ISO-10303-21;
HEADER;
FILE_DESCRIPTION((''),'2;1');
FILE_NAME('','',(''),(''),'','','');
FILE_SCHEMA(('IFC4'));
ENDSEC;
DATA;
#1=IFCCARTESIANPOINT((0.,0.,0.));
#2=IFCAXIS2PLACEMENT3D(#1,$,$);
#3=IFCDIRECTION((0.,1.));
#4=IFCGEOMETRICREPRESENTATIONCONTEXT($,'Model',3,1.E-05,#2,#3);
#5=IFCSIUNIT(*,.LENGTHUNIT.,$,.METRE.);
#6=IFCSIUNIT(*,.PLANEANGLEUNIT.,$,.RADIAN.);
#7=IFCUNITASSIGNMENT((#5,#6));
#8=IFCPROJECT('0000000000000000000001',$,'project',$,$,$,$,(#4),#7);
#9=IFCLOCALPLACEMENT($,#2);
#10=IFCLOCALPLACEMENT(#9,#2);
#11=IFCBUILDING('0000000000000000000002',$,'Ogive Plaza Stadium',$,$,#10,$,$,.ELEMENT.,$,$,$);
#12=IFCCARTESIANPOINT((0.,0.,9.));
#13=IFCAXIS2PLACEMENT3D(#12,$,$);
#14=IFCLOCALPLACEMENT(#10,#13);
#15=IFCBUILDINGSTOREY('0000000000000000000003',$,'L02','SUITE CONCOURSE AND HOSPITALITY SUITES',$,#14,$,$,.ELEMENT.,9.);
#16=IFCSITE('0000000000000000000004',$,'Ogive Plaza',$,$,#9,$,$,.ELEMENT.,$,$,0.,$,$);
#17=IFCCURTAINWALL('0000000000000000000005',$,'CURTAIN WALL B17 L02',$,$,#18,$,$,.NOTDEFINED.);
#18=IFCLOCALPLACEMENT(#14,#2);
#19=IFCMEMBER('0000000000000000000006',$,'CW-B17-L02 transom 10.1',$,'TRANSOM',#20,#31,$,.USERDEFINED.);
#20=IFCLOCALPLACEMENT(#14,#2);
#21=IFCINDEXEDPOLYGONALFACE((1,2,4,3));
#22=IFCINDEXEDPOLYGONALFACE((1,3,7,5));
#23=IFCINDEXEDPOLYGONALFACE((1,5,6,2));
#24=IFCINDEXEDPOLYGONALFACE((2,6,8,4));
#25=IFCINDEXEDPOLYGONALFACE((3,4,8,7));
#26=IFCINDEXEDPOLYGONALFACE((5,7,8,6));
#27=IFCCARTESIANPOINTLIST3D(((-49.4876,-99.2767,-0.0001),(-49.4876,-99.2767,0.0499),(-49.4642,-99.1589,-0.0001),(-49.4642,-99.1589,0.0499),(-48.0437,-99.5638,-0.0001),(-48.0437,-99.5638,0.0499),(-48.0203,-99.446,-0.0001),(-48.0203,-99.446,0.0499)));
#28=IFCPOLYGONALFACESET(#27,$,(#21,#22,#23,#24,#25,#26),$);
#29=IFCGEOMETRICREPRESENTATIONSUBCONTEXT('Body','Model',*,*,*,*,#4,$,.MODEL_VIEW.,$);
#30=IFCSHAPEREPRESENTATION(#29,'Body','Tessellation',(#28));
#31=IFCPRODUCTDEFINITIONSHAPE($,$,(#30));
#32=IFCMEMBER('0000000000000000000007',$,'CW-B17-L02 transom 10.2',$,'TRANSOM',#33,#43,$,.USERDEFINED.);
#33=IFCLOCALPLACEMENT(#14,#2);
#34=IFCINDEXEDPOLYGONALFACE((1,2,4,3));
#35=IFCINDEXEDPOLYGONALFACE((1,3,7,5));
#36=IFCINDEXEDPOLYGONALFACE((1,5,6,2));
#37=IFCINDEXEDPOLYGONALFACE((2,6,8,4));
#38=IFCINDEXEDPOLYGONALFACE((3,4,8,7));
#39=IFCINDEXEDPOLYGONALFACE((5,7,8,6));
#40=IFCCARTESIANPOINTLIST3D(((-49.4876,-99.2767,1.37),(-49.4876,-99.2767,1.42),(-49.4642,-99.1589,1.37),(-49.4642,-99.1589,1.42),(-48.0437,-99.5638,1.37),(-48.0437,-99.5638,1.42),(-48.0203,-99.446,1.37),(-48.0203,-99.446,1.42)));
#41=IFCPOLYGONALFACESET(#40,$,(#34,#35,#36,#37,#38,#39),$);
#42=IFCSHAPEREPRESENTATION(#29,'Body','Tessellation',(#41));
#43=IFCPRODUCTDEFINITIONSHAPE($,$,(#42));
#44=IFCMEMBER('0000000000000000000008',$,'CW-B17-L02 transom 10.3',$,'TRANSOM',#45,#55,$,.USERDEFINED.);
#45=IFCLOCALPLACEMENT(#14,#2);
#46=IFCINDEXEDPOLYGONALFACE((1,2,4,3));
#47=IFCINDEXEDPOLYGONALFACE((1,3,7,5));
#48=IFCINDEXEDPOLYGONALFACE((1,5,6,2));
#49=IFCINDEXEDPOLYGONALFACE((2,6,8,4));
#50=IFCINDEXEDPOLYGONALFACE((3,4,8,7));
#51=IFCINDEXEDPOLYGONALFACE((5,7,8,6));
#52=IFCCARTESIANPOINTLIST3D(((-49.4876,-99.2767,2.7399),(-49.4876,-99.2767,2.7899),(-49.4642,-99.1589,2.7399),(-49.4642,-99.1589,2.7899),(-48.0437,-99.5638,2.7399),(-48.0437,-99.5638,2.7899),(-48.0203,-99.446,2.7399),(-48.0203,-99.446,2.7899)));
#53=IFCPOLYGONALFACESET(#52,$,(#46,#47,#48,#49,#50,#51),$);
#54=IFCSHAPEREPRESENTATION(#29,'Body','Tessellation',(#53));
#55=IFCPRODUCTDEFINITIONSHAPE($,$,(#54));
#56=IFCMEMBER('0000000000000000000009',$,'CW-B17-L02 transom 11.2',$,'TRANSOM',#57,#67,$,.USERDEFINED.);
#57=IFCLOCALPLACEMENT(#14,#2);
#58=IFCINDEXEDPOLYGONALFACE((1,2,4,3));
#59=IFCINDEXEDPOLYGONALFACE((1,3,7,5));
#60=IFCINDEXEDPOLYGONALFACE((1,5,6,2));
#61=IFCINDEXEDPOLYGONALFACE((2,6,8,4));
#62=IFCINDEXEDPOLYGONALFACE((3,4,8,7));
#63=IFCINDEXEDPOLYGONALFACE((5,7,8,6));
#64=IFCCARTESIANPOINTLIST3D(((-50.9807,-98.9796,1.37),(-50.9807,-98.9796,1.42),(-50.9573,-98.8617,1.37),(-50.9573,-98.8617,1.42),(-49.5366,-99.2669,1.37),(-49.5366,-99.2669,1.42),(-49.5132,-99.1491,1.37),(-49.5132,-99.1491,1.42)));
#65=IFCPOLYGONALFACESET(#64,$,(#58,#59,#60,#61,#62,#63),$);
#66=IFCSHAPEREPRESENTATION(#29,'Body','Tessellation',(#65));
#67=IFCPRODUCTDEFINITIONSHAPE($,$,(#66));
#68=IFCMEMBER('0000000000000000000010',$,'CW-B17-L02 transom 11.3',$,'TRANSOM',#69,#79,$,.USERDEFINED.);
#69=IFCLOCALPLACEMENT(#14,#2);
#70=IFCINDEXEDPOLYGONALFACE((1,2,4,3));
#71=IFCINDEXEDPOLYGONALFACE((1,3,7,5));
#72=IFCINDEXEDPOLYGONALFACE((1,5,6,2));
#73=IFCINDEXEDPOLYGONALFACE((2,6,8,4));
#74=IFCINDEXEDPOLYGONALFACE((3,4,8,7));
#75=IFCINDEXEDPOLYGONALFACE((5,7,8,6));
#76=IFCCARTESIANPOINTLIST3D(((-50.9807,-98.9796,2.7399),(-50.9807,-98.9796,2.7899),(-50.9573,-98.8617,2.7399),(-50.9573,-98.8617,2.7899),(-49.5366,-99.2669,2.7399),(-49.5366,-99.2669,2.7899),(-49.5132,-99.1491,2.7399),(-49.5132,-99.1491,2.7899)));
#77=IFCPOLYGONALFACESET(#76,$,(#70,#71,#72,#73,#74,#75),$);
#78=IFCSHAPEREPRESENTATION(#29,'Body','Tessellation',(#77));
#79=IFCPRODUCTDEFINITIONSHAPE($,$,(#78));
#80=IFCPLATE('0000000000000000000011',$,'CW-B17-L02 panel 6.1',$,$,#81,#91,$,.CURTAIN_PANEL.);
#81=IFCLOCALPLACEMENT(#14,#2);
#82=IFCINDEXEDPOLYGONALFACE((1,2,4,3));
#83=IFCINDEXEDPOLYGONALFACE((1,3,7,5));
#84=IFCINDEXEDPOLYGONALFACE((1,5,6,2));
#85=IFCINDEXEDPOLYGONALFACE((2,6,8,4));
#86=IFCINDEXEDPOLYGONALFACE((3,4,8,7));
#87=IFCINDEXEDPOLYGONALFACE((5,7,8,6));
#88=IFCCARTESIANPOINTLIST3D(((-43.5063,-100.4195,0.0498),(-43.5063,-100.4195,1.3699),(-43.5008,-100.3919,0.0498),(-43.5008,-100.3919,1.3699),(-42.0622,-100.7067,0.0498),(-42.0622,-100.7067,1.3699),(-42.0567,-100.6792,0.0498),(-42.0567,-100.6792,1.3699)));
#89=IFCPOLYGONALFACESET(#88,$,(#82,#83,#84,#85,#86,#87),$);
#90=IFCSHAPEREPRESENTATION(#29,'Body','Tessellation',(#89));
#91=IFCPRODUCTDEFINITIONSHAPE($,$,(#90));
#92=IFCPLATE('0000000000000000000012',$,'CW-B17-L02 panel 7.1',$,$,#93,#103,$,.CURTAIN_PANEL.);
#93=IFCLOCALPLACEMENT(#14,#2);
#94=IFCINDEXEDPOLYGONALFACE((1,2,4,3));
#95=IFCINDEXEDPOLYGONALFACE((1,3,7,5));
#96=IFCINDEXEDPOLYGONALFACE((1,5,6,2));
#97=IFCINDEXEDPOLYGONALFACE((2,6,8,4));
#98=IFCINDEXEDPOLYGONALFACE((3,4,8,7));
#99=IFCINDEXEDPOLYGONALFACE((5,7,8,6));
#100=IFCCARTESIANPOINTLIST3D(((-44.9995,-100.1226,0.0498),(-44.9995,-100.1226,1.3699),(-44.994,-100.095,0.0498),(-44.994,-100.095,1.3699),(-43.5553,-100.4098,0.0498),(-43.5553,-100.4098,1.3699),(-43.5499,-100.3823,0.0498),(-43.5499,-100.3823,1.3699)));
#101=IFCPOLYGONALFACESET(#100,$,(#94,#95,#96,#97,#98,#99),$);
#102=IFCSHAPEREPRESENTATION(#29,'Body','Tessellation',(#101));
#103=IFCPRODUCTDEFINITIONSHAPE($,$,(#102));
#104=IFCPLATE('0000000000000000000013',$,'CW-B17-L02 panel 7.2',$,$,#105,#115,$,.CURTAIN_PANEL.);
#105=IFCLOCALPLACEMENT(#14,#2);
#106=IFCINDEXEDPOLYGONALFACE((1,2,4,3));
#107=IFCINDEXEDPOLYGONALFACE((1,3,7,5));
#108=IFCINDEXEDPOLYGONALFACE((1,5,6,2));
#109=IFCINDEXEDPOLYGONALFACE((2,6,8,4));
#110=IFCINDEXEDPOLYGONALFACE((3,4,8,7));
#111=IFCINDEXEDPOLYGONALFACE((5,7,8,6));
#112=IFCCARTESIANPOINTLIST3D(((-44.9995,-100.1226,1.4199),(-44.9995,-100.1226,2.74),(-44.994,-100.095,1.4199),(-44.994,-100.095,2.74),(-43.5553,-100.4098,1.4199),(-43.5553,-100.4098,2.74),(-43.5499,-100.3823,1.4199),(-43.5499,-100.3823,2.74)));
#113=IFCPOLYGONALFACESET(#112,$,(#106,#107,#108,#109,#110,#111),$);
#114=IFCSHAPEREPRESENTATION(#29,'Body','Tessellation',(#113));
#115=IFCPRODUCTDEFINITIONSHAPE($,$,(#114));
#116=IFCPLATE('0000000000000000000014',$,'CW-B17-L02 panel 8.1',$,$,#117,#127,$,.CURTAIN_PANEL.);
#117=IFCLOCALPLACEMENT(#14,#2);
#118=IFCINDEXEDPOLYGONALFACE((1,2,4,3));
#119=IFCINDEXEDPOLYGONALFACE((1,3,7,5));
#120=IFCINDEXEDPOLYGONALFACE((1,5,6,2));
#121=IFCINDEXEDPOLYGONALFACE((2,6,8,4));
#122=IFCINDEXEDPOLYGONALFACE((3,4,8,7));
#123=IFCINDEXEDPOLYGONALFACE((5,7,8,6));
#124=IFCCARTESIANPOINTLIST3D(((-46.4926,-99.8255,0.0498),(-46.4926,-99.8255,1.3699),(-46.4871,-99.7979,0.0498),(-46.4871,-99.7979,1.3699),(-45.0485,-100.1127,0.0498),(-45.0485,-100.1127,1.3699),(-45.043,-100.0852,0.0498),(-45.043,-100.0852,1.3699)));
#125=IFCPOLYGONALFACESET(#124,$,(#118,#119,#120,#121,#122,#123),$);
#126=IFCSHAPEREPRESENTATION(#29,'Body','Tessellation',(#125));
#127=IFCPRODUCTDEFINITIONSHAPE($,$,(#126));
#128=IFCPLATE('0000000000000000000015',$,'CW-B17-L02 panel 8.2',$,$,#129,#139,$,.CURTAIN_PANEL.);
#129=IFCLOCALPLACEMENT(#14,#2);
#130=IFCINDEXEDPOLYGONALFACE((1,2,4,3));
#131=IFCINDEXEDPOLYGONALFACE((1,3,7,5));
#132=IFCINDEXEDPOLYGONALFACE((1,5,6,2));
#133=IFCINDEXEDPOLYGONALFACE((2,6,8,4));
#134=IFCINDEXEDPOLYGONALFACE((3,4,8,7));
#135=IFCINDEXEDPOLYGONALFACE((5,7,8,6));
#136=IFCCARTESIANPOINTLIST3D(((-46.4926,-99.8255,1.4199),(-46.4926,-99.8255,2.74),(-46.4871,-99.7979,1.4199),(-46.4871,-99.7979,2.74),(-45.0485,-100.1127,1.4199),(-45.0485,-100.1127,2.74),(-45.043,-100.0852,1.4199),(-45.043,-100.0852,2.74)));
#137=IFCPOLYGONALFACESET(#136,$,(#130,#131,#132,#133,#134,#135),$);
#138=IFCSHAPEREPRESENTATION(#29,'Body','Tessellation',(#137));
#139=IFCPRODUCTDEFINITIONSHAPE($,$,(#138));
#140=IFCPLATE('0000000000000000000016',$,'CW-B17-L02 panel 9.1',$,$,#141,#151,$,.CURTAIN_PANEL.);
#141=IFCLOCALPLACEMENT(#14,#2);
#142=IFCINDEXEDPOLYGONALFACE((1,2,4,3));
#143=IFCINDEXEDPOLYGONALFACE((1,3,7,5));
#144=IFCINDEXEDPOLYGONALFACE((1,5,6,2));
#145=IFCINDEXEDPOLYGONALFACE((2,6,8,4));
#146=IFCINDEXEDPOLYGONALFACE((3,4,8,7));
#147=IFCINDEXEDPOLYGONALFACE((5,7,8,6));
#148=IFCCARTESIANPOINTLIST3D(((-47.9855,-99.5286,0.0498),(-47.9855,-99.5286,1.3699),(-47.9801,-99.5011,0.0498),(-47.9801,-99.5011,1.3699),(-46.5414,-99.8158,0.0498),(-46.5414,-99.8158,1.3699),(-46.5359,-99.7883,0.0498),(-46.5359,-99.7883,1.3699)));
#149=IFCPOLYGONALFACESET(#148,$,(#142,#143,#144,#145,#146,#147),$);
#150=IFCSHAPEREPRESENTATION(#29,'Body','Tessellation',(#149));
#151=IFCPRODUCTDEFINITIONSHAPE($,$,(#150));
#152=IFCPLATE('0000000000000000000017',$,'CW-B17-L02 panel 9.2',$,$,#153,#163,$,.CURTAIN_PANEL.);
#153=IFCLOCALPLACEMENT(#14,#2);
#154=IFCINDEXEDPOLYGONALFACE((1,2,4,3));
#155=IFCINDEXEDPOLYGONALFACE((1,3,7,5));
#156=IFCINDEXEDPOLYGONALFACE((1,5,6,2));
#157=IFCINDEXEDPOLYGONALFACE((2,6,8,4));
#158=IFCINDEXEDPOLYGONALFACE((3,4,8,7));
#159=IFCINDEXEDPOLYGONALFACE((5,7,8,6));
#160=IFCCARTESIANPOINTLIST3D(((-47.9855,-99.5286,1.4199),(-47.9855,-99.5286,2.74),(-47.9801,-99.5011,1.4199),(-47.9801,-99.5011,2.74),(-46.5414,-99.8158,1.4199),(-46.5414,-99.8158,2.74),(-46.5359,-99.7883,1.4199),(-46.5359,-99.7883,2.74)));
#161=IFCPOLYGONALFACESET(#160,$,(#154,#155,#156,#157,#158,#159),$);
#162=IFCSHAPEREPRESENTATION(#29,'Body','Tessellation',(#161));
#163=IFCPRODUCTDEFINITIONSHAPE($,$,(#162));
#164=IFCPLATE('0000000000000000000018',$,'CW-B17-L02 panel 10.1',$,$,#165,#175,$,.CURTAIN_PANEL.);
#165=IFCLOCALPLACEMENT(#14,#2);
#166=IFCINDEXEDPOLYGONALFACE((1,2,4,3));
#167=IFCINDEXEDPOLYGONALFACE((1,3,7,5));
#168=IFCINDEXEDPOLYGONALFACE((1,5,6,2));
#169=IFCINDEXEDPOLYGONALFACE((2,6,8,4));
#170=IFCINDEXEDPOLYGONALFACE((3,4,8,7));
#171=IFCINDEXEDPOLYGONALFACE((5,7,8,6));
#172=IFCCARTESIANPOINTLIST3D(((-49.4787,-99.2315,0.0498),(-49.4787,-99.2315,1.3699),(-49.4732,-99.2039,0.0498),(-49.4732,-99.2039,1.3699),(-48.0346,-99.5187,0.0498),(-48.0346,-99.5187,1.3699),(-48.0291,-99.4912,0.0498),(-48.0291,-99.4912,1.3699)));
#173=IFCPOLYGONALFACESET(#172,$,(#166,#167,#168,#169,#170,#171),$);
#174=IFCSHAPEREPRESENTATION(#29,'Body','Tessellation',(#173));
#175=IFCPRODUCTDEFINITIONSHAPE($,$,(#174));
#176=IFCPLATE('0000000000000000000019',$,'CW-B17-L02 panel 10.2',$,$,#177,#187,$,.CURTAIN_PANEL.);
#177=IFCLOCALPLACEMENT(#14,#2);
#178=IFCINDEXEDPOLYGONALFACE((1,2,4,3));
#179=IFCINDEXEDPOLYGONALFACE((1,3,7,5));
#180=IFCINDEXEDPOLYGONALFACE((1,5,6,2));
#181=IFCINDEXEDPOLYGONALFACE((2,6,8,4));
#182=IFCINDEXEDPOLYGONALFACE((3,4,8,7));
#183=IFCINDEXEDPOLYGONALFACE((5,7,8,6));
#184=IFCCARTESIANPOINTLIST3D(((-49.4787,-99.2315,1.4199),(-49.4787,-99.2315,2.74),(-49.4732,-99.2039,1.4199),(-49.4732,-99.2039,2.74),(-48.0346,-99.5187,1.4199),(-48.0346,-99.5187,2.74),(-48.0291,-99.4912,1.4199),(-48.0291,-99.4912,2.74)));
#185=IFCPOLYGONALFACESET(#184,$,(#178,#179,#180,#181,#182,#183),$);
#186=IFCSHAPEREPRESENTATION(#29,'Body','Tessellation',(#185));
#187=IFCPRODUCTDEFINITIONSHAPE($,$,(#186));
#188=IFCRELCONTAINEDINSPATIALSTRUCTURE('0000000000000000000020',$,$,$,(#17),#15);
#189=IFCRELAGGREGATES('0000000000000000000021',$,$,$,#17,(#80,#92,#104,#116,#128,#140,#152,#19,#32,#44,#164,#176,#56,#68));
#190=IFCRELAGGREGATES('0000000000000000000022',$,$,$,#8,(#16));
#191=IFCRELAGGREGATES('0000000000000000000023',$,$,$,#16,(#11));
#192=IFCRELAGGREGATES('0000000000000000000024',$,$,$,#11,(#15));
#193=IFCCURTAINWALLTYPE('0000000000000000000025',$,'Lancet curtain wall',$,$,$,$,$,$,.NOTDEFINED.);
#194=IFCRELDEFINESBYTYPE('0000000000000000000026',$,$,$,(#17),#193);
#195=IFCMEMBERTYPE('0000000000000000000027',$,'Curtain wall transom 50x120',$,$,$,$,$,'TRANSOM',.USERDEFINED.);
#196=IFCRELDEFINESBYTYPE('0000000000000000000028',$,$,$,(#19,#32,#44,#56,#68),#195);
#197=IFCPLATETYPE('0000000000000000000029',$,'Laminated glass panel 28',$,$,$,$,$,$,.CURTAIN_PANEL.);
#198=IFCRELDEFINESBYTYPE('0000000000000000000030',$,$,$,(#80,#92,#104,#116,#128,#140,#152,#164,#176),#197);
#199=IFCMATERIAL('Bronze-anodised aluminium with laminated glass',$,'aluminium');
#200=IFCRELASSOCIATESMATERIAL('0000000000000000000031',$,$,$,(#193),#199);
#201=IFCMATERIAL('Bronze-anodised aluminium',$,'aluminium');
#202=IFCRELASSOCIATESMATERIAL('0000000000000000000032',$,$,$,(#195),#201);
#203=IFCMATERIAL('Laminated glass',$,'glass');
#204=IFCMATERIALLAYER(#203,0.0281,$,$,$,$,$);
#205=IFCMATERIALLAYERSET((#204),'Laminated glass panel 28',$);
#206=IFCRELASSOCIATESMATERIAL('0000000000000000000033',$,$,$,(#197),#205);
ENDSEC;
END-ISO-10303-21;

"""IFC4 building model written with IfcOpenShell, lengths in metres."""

from ifc_helpers import new_model, si_unit, direction, frame, origin, origin_2d, place, context, subcontext, project, spatial, rectangle, extrude, material, layer, layer_set, material_profile, profile_set, type_object, element, aggregate, save


model = new_model("IFC4")

# Units and contexts
model_context = context("Model", 3, precision=1e-05, world=origin(), true_north=direction((0.0, 1.0)))
body_context = subcontext(model_context, "Body", "Model", "MODEL_VIEW")
ifc_project = project(units=[si_unit("LENGTHUNIT", "METRE"), si_unit("PLANEANGLEUNIT", "RADIAN")], contexts=[model_context])

# Site, building, storey
site_placement = place(None, origin())
site = spatial("IfcSite", under=ifc_project, at=site_placement, Name="Ogive Plaza", CompositionType="ELEMENT", RefElevation=0.0)
building_placement = place(site_placement, origin())
building = spatial("IfcBuilding", under=site, at=building_placement, Name="Ogive Plaza Stadium", CompositionType="ELEMENT")
storey_placement = place(building_placement, frame((0.0, 0.0, 9.0)))
storey = spatial("IfcBuildingStorey", under=building, at=storey_placement, Name="L02", Description="SUITE CONCOURSE AND HOSPITALITY SUITES", CompositionType="ELEMENT", Elevation=9.0)

# Curtain wall, members, plates
ifc_material_1 = material(Name="Bronze-anodised aluminium with laminated glass", Category="aluminium")
curtain_wall_type = type_object("IfcCurtainWallType", Name="Lancet curtain wall", PredefinedType="NOTDEFINED", material=ifc_material_1)
curtain_wall_placement = place(storey_placement, origin())
curtain_wall = element("IfcCurtainWall", 1, at=curtain_wall_placement, inside=storey, type_object=curtain_wall_type, Name="CURTAIN WALL B17 L02", PredefinedType="NOTDEFINED")
ifc_material_2 = material(Name="Bronze-anodised aluminium", Category="aluminium")
ifc_material_profile_1 = material_profile(ifc_material_2, rectangle(XDim=0.1201, YDim=0.05, at=origin_2d()), Name="AL 120x50")
ifc_profile_set_1 = profile_set([ifc_material_profile_1], Name="Bronze-anodised aluminium")
member_type_1 = type_object("IfcMemberType", Name="Curtain wall transom 50x120", ElementType="TRANSOM", PredefinedType="USERDEFINED", material=ifc_profile_set_1)
member_1_placement = place(storey_placement, frame((-48.032, -99.5049, 0.0249), z_axis=(-0.980797, 0.195032, 0.0), x_axis=(-0.195032, -0.980797, 0.0)))
member_1 = element("IfcMember", 2, at=member_1_placement, type_object=member_type_1, Name="CW-B17-L02 transom 10.1", ObjectType="TRANSOM", PredefinedType="USERDEFINED", context=body_context, shape_type="SweptSolid", body=[
    extrude(rectangle(XDim=0.1201, YDim=0.05, at=origin_2d()), origin(), (0.0, 0.0, 1.0), 1.4722),
])
member_2_placement = place(storey_placement, frame((-48.032, -99.5049, 1.395), z_axis=(-0.980797, 0.195032, 0.0), x_axis=(-0.195032, -0.980797, 0.0)))
member_2 = element("IfcMember", 3, at=member_2_placement, type_object=member_type_1, Name="CW-B17-L02 transom 10.2", ObjectType="TRANSOM", PredefinedType="USERDEFINED", context=body_context, shape_type="SweptSolid", body=[
    extrude(rectangle(XDim=0.1201, YDim=0.05, at=origin_2d()), origin(), (0.0, 0.0, 1.0), 1.4722),
])
member_3_placement = place(storey_placement, frame((-48.032, -99.5049, 2.7649), z_axis=(-0.980797, 0.195032, 0.0), x_axis=(-0.195032, -0.980797, 0.0)))
member_3 = element("IfcMember", 4, at=member_3_placement, type_object=member_type_1, Name="CW-B17-L02 transom 10.3", ObjectType="TRANSOM", PredefinedType="USERDEFINED", context=body_context, shape_type="SweptSolid", body=[
    extrude(rectangle(XDim=0.1201, YDim=0.05, at=origin_2d()), origin(), (0.0, 0.0, 1.0), 1.4722),
])
member_4_placement = place(storey_placement, frame((-49.5249, -99.208, 1.395), z_axis=(-0.980772, 0.195159, 0.0), x_axis=(-0.195159, -0.980772, 0.0)))
member_4 = element("IfcMember", 5, at=member_4_placement, type_object=member_type_1, Name="CW-B17-L02 transom 11.2", ObjectType="TRANSOM", PredefinedType="USERDEFINED", context=body_context, shape_type="SweptSolid", body=[
    extrude(rectangle(XDim=0.1201, YDim=0.05, at=origin_2d()), origin(), (0.0, 0.0, 1.0), 1.4724),
])
member_5_placement = place(storey_placement, frame((-49.5249, -99.208, 2.7649), z_axis=(-0.980772, 0.195159, 0.0), x_axis=(-0.195159, -0.980772, 0.0)))
member_5 = element("IfcMember", 6, at=member_5_placement, type_object=member_type_1, Name="CW-B17-L02 transom 11.3", ObjectType="TRANSOM", PredefinedType="USERDEFINED", context=body_context, shape_type="SweptSolid", body=[
    extrude(rectangle(XDim=0.1201, YDim=0.05, at=origin_2d()), origin(), (0.0, 0.0, 1.0), 1.4724),
])
ifc_material_3 = material(Name="Laminated glass", Category="glass")
ifc_layer_1 = layer(ifc_material_3, 0.0281)
ifc_layer_set_1 = layer_set([ifc_layer_1], Name="Laminated glass panel 28")
plate_type = type_object("IfcPlateType", Name="Laminated glass panel 28", PredefinedType="CURTAIN_PANEL", material=ifc_layer_set_1)
plate_1_placement = place(storey_placement, frame((-42.7815, -100.5493, 0.0498), z_axis=(0.0, 0.0, 1.0), x_axis=(-0.980785, 0.19509, 0.0)))
plate_1 = element("IfcPlate", 7, at=plate_1_placement, type_object=plate_type, Name="CW-B17-L02 panel 6.1", PredefinedType="CURTAIN_PANEL", context=body_context, shape_type="SweptSolid", body=[
    extrude(rectangle(XDim=1.4724, YDim=0.0281, at=origin_2d()), origin(), (0.0, 0.0, 1.0), 1.3201),
])
plate_2_placement = place(storey_placement, frame((-44.2747, -100.2524, 0.0498), z_axis=(0.0, 0.0, 1.0), x_axis=(-0.980785, 0.19509, 0.0)))
plate_2 = element("IfcPlate", 8, at=plate_2_placement, type_object=plate_type, Name="CW-B17-L02 panel 7.1", PredefinedType="CURTAIN_PANEL", context=body_context, shape_type="SweptSolid", body=[
    extrude(rectangle(XDim=1.4724, YDim=0.0281, at=origin_2d()), origin(), (0.0, 0.0, 1.0), 1.3201),
])
plate_3_placement = place(storey_placement, frame((-44.2747, -100.2524, 1.4199), z_axis=(0.0, 0.0, 1.0), x_axis=(-0.980785, 0.19509, 0.0)))
plate_3 = element("IfcPlate", 9, at=plate_3_placement, type_object=plate_type, Name="CW-B17-L02 panel 7.2", PredefinedType="CURTAIN_PANEL", context=body_context, shape_type="SweptSolid", body=[
    extrude(rectangle(XDim=1.4724, YDim=0.0281, at=origin_2d()), origin(), (0.0, 0.0, 1.0), 1.3201),
])
plate_4_placement = place(storey_placement, frame((-45.7678, -99.9553, 0.0498), z_axis=(0.0, 0.0, 1.0), x_axis=(-0.980785, 0.19509, 0.0)))
plate_4 = element("IfcPlate", 10, at=plate_4_placement, type_object=plate_type, Name="CW-B17-L02 panel 8.1", PredefinedType="CURTAIN_PANEL", context=body_context, shape_type="SweptSolid", body=[
    extrude(rectangle(XDim=1.4724, YDim=0.0281, at=origin_2d()), origin(), (0.0, 0.0, 1.0), 1.3201),
])
plate_5_placement = place(storey_placement, frame((-45.7678, -99.9553, 1.4199), z_axis=(0.0, 0.0, 1.0), x_axis=(-0.980785, 0.19509, 0.0)))
plate_5 = element("IfcPlate", 11, at=plate_5_placement, type_object=plate_type, Name="CW-B17-L02 panel 8.2", PredefinedType="CURTAIN_PANEL", context=body_context, shape_type="SweptSolid", body=[
    extrude(rectangle(XDim=1.4724, YDim=0.0281, at=origin_2d()), origin(), (0.0, 0.0, 1.0), 1.3201),
])
plate_6_placement = place(storey_placement, frame((-47.2607, -99.6584, 0.0498), z_axis=(0.0, 0.0, 1.0), x_axis=(-0.980785, 0.19509, 0.0)))
plate_6 = element("IfcPlate", 12, at=plate_6_placement, type_object=plate_type, Name="CW-B17-L02 panel 9.1", PredefinedType="CURTAIN_PANEL", context=body_context, shape_type="SweptSolid", body=[
    extrude(rectangle(XDim=1.4724, YDim=0.0281, at=origin_2d()), origin(), (0.0, 0.0, 1.0), 1.3201),
])
plate_7_placement = place(storey_placement, frame((-47.2607, -99.6584, 1.4199), z_axis=(0.0, 0.0, 1.0), x_axis=(-0.980785, 0.19509, 0.0)))
plate_7 = element("IfcPlate", 13, at=plate_7_placement, type_object=plate_type, Name="CW-B17-L02 panel 9.2", PredefinedType="CURTAIN_PANEL", context=body_context, shape_type="SweptSolid", body=[
    extrude(rectangle(XDim=1.4724, YDim=0.0281, at=origin_2d()), origin(), (0.0, 0.0, 1.0), 1.3201),
])
plate_8_placement = place(storey_placement, frame((-48.7539, -99.3613, 0.0498), z_axis=(0.0, 0.0, 1.0), x_axis=(-0.980785, 0.19509, 0.0)))
plate_8 = element("IfcPlate", 14, at=plate_8_placement, type_object=plate_type, Name="CW-B17-L02 panel 10.1", PredefinedType="CURTAIN_PANEL", context=body_context, shape_type="SweptSolid", body=[
    extrude(rectangle(XDim=1.4724, YDim=0.0281, at=origin_2d()), origin(), (0.0, 0.0, 1.0), 1.3201),
])
plate_9_placement = place(storey_placement, frame((-48.7539, -99.3613, 1.4199), z_axis=(0.0, 0.0, 1.0), x_axis=(-0.980785, 0.19509, 0.0)))
plate_9 = element("IfcPlate", 15, at=plate_9_placement, type_object=plate_type, Name="CW-B17-L02 panel 10.2", PredefinedType="CURTAIN_PANEL", context=body_context, shape_type="SweptSolid", body=[
    extrude(rectangle(XDim=1.4724, YDim=0.0281, at=origin_2d()), origin(), (0.0, 0.0, 1.0), 1.3201),
])
aggregate(curtain_wall, [plate_1, plate_2, plate_3, plate_4, plate_5, plate_6, plate_7, member_1, member_2, member_3, plate_8, plate_9, member_4, member_5])

save(model, "model.ifc")
